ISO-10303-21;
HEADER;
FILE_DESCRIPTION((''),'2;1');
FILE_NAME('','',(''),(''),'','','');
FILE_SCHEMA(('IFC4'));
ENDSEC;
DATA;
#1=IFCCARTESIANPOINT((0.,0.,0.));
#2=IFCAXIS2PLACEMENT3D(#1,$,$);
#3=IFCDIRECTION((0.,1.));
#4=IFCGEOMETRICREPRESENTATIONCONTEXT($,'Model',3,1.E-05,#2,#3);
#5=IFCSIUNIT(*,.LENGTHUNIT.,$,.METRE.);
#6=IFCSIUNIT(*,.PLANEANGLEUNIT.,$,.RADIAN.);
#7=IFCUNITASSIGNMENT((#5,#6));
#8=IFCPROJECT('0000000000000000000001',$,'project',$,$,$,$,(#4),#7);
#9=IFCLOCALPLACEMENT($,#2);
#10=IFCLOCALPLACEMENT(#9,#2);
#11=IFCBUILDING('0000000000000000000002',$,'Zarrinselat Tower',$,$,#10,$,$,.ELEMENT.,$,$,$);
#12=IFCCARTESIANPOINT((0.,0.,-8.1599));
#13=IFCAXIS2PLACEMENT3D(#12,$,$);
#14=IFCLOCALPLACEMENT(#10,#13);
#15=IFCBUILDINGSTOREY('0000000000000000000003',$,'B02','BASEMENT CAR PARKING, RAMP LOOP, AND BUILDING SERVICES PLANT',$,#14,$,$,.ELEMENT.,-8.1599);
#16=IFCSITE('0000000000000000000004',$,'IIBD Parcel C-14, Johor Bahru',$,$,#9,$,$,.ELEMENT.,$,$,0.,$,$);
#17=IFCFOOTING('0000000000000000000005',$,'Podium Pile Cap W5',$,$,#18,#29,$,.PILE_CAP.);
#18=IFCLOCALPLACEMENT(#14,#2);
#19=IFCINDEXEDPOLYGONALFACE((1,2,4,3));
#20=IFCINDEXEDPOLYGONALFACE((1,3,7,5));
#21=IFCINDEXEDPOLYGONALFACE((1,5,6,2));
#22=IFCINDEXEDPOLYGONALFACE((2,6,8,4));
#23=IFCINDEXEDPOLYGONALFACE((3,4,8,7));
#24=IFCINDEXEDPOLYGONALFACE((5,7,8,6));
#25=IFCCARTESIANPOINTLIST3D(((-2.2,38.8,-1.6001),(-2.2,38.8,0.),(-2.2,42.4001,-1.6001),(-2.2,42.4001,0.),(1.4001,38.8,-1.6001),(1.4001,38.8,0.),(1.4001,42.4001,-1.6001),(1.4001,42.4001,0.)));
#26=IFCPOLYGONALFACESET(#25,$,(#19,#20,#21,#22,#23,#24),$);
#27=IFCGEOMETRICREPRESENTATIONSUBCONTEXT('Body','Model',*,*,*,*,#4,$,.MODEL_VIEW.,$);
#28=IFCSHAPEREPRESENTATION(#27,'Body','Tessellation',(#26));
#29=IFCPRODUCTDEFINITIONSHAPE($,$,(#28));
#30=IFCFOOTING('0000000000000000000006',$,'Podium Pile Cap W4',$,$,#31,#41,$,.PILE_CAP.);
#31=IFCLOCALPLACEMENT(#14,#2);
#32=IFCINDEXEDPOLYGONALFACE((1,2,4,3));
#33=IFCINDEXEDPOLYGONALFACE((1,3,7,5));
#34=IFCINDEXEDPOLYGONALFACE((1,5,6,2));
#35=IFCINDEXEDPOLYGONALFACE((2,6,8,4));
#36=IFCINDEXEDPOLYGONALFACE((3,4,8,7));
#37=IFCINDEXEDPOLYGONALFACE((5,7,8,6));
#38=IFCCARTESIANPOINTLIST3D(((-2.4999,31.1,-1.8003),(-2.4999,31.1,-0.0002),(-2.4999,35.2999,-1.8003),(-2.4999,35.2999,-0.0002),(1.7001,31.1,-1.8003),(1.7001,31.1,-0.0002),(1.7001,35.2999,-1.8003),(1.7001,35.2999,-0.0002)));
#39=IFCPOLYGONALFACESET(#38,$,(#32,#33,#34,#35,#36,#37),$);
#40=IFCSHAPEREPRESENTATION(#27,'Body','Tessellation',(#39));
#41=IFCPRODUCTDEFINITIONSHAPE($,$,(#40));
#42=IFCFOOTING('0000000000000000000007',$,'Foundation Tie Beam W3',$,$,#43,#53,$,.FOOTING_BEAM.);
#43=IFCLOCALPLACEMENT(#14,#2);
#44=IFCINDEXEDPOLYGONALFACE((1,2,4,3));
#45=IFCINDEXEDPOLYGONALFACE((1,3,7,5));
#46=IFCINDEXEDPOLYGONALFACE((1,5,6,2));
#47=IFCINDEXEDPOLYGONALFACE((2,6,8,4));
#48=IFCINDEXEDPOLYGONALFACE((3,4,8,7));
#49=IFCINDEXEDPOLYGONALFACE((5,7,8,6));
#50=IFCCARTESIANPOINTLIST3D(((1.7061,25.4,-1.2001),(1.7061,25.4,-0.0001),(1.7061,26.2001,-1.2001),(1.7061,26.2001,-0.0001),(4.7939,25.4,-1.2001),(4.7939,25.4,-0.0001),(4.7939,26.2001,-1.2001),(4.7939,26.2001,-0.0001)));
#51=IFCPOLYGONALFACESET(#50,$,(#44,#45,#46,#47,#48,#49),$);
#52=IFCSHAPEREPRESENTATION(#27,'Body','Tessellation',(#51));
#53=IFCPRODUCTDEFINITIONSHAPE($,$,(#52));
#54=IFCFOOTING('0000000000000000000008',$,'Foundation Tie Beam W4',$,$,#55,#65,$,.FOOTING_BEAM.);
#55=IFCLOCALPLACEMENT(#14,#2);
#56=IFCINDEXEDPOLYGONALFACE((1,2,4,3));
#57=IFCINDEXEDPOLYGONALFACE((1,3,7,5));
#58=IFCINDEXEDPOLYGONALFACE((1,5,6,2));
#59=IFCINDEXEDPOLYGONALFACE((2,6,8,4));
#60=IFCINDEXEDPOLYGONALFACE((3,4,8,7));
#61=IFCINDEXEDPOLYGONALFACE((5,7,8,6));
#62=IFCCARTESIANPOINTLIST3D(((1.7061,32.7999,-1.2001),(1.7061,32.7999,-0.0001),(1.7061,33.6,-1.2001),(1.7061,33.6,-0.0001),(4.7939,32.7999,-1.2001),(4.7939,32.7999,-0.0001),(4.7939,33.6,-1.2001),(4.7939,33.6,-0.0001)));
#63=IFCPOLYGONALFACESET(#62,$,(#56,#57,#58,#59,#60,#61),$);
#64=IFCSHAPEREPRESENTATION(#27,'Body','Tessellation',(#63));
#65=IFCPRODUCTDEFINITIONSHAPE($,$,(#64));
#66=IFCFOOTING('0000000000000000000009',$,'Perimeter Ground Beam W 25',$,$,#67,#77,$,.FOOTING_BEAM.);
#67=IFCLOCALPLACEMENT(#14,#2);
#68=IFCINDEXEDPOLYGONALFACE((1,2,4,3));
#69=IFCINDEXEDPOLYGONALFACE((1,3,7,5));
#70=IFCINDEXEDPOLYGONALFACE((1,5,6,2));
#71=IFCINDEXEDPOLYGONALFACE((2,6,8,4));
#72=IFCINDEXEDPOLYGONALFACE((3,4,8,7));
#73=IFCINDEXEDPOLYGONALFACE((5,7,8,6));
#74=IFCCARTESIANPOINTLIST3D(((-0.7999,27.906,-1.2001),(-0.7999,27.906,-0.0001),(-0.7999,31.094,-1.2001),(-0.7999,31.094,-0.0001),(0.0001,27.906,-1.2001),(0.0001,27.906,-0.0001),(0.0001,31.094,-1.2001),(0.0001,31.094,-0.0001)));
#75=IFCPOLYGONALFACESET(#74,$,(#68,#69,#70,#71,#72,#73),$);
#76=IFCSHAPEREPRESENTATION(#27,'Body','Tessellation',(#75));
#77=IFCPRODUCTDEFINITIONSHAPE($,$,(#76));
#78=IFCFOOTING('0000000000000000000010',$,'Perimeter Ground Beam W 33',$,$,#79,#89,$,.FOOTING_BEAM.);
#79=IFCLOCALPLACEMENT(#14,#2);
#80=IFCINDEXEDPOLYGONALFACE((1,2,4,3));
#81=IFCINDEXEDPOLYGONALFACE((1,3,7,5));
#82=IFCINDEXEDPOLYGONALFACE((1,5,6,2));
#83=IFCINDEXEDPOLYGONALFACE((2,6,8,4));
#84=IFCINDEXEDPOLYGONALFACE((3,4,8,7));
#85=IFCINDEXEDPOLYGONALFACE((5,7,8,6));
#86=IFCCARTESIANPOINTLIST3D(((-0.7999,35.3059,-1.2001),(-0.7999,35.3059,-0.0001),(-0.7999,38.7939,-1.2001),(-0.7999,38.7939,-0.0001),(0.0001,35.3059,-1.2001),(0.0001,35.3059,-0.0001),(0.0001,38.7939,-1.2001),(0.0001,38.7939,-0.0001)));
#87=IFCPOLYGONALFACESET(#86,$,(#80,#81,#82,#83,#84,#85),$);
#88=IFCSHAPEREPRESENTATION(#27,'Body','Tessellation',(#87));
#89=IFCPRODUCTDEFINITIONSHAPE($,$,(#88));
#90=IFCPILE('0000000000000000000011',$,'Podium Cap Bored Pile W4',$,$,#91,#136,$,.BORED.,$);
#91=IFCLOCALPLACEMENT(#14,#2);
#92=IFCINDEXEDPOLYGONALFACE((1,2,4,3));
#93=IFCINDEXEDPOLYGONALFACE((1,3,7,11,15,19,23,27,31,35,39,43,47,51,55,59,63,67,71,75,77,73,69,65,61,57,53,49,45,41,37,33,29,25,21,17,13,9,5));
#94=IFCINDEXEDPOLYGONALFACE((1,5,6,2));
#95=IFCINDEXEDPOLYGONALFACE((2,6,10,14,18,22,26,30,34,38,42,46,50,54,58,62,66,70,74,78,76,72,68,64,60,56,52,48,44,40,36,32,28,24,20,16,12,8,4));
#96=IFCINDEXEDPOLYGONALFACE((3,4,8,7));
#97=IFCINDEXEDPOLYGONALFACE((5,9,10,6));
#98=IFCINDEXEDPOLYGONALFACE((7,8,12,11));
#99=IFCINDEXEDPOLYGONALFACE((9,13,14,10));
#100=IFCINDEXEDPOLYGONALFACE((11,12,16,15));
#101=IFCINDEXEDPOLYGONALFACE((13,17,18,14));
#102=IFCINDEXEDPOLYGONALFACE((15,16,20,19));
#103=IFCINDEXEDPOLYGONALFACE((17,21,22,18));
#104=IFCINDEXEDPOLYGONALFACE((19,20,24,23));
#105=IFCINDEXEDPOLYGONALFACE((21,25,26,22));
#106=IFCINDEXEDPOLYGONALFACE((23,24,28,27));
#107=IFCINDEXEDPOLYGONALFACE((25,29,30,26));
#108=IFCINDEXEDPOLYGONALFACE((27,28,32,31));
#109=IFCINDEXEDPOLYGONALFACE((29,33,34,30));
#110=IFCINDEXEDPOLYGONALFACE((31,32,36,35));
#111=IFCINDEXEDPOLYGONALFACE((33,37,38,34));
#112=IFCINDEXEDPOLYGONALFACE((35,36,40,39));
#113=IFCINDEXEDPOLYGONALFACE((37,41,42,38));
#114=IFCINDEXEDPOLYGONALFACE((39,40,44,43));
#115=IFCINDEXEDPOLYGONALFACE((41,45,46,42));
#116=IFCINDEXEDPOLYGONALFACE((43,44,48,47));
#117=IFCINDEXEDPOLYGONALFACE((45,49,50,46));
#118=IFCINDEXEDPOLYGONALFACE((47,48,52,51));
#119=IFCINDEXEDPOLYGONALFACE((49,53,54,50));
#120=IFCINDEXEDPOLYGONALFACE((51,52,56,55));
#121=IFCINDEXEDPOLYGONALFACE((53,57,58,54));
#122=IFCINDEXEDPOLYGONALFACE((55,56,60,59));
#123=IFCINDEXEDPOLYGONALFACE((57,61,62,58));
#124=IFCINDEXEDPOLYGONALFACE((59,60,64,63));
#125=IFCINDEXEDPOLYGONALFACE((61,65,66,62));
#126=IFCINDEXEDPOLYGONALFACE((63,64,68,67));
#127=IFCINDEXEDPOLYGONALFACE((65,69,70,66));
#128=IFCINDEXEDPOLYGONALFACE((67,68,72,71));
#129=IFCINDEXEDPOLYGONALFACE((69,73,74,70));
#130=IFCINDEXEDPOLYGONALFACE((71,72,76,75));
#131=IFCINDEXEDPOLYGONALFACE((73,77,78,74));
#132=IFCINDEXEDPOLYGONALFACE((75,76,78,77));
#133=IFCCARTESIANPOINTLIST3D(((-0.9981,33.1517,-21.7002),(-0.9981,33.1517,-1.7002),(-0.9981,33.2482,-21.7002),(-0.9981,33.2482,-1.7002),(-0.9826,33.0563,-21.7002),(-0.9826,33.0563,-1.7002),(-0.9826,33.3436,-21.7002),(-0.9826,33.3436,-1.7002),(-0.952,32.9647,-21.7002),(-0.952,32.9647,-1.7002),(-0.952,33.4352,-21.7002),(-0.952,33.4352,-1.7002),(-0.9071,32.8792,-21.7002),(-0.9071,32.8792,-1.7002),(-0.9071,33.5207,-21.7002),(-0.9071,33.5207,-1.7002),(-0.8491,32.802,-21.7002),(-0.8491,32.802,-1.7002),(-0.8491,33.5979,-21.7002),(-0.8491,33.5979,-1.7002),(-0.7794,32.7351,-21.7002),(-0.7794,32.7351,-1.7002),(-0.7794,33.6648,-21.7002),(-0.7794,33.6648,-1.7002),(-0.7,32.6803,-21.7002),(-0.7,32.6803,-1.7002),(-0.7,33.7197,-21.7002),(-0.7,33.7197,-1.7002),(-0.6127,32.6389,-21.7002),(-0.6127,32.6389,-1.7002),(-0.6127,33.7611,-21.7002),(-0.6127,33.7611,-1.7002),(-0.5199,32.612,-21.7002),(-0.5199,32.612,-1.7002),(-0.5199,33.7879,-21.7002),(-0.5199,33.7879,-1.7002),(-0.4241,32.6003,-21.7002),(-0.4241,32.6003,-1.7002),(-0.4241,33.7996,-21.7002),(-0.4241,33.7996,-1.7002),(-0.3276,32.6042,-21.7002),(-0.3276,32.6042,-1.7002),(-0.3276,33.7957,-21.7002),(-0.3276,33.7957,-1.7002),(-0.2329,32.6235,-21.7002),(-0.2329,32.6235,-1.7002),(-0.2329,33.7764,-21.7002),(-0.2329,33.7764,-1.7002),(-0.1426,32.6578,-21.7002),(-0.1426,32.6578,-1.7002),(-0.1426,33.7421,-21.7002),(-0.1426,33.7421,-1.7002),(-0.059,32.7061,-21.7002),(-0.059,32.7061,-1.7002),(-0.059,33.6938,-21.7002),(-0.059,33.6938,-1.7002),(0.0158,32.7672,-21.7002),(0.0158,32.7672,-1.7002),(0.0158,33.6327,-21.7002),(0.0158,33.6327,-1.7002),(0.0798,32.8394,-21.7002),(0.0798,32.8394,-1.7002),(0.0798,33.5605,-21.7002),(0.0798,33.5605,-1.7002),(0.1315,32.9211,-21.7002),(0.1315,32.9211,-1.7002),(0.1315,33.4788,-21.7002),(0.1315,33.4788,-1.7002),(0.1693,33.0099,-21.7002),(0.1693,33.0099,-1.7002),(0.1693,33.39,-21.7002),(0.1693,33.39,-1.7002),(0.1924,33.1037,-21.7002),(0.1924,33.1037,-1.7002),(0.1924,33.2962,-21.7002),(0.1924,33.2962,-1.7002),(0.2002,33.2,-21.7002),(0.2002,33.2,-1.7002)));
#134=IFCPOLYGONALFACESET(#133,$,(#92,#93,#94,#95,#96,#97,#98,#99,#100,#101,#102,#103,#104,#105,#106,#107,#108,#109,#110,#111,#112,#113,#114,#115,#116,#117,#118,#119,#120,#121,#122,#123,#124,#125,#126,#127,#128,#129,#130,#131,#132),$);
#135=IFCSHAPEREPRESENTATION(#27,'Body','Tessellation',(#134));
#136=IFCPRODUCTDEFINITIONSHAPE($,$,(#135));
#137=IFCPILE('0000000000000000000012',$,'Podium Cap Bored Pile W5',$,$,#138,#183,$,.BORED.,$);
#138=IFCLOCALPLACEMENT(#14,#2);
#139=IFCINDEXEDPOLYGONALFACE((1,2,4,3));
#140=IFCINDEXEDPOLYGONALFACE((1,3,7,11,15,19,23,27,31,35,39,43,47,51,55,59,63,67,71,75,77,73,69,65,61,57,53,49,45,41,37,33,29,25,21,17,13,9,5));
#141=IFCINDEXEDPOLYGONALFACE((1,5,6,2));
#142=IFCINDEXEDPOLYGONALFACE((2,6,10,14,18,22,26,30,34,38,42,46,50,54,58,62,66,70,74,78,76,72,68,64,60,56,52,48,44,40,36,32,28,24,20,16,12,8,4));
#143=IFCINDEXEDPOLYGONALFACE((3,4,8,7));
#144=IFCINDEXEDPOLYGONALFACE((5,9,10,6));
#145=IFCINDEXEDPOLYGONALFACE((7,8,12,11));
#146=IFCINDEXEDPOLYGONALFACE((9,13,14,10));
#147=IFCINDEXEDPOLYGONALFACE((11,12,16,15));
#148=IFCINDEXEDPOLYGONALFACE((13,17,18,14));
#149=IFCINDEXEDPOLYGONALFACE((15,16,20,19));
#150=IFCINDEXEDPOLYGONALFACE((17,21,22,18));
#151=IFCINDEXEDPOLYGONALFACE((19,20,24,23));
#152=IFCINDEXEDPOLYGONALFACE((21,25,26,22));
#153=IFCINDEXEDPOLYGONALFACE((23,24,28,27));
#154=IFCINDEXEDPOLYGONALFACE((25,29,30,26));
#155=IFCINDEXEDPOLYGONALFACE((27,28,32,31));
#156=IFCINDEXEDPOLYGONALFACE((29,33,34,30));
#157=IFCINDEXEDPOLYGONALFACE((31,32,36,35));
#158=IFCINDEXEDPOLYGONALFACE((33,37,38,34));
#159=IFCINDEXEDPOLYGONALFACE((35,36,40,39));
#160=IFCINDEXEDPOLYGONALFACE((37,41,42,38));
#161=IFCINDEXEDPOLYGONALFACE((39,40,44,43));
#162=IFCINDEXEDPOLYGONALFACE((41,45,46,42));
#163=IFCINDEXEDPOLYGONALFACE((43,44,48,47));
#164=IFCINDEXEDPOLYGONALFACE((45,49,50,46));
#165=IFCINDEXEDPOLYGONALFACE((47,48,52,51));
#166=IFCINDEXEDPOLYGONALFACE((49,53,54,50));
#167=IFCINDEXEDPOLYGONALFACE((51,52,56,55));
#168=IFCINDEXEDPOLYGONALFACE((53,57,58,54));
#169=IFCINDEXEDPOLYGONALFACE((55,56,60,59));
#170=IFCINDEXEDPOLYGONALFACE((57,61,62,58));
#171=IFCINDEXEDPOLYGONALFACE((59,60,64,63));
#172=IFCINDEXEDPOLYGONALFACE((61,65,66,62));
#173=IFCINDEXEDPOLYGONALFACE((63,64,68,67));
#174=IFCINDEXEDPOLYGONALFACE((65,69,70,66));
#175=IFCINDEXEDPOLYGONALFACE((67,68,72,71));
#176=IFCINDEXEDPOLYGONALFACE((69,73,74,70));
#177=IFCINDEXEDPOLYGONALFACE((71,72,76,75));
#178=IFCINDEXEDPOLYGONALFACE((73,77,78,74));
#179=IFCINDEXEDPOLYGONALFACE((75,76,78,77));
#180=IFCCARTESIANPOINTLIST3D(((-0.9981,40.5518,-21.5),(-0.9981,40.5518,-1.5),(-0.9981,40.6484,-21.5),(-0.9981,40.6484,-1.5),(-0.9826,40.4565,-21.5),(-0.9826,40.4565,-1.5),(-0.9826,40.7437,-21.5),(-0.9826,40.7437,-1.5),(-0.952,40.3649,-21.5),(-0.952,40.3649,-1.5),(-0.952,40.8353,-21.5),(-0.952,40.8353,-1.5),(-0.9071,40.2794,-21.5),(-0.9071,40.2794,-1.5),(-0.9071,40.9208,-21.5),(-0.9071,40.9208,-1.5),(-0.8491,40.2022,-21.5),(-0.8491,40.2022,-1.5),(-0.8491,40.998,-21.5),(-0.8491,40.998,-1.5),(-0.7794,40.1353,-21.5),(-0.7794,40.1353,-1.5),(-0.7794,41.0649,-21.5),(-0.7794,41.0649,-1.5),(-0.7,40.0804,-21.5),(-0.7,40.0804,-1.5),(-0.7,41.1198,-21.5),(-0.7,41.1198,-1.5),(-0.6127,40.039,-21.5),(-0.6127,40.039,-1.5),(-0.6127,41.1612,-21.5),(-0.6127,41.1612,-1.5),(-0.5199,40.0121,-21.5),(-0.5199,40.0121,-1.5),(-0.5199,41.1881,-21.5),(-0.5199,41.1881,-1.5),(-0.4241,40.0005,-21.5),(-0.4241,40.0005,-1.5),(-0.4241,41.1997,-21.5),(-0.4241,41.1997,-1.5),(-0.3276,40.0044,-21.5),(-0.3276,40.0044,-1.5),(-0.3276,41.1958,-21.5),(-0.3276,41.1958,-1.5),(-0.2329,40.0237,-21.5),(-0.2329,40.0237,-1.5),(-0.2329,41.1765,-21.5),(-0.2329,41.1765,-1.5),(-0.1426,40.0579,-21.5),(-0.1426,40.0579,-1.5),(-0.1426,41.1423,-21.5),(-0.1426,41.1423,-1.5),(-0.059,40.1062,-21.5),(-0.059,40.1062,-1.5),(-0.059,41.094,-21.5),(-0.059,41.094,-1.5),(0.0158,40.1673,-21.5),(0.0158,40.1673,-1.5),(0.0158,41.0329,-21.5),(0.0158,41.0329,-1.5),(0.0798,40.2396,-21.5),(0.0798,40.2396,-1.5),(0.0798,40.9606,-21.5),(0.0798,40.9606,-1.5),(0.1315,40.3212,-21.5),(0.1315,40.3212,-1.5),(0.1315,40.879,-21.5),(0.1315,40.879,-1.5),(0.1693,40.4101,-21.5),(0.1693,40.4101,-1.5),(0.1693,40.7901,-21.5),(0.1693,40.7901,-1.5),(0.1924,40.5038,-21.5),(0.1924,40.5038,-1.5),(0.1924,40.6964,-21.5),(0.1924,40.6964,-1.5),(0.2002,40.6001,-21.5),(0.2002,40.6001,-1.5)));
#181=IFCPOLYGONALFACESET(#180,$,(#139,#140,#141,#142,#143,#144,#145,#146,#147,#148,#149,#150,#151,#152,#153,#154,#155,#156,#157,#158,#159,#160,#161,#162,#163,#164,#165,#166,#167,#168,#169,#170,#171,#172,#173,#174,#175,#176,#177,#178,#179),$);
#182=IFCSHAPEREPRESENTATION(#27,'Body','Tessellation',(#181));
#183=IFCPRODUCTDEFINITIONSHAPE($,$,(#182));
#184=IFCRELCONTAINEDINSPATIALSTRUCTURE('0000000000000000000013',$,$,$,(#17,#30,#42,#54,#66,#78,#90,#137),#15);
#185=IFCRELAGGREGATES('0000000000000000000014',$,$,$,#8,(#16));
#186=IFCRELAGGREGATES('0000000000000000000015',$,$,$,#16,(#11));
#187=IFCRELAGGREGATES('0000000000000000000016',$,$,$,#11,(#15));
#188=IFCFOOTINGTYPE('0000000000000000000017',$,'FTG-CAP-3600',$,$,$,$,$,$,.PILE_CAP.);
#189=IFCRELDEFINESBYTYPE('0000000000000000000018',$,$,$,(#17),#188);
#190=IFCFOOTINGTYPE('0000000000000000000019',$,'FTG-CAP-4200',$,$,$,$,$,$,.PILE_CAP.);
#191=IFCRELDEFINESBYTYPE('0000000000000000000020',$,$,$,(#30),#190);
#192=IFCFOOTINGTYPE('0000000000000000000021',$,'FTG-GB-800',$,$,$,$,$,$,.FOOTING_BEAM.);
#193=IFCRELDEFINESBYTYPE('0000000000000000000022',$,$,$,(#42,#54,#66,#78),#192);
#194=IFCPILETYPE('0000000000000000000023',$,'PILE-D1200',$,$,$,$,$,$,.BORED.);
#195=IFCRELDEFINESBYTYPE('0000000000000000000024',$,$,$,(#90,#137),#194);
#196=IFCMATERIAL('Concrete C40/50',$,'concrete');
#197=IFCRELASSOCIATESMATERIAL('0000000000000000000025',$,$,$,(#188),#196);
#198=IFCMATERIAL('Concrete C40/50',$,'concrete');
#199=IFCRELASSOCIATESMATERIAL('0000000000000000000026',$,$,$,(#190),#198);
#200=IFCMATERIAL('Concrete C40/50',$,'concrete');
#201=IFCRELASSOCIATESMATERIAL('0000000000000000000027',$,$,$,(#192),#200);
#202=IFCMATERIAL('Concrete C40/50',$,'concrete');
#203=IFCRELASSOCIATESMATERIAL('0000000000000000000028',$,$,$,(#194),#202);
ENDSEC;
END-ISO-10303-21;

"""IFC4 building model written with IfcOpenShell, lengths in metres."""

from ifc_helpers import new_model, si_unit, direction, frame, origin, origin_2d, place, context, subcontext, project, spatial, rectangle, circle, extrude, material, material_profile, profile_set, type_object, element, save


model = new_model("IFC4")

# Units and contexts
model_context = context("Model", 3, precision=1e-05, world=origin(), true_north=direction((0.0, 1.0)))
body_context = subcontext(model_context, "Body", "Model", "MODEL_VIEW")
ifc_project = project(units=[si_unit("LENGTHUNIT", "METRE"), si_unit("PLANEANGLEUNIT", "RADIAN")], contexts=[model_context])

# Site, building, storey
site_placement = place(None, origin())
site = spatial("IfcSite", under=ifc_project, at=site_placement, Name="IIBD Parcel C-14, Johor Bahru", CompositionType="ELEMENT", RefElevation=0.0)
building_placement = place(site_placement, origin())
building = spatial("IfcBuilding", under=site, at=building_placement, Name="Zarrinselat Tower", CompositionType="ELEMENT")
storey_placement = place(building_placement, frame((0.0, 0.0, -8.1599)))
storey = spatial("IfcBuildingStorey", under=building, at=storey_placement, Name="B02", Description="BASEMENT CAR PARKING, RAMP LOOP, AND BUILDING SERVICES PLANT", CompositionType="ELEMENT", Elevation=-8.1599)

# Footings
ifc_material_1 = material(Name="Concrete C40/50", Category="concrete")
footing_type_1 = type_object("IfcFootingType", Name="FTG-CAP-3600", PredefinedType="PILE_CAP", material=ifc_material_1)
footing_1_placement = place(storey_placement, frame((-0.3999, 40.6001, -1.6001), z_axis=(0.0, 0.0, 1.0), x_axis=(1.0, 0.0, 0.0)))
element("IfcFooting", 1, at=footing_1_placement, inside=storey, type_object=footing_type_1, Name="Podium Pile Cap W5", PredefinedType="PILE_CAP", context=body_context, shape_type="SweptSolid", body=[
    extrude(rectangle(XDim=3.6001, YDim=3.6001, at=origin_2d()), origin(), (0.0, 0.0, 1.0), 1.6001),
])
ifc_material_2 = material(Name="Concrete C40/50", Category="concrete")
footing_type_2 = type_object("IfcFootingType", Name="FTG-CAP-4200", PredefinedType="PILE_CAP", material=ifc_material_2)
footing_2_placement = place(storey_placement, frame((-0.3999, 33.2, -1.8003), z_axis=(0.0, 0.0, 1.0), x_axis=(1.0, 0.0, 0.0)))
element("IfcFooting", 2, at=footing_2_placement, inside=storey, type_object=footing_type_2, Name="Podium Pile Cap W4", PredefinedType="PILE_CAP", context=body_context, shape_type="SweptSolid", body=[
    extrude(rectangle(XDim=4.2, YDim=4.2, at=origin_2d()), origin(), (0.0, 0.0, 1.0), 1.8),
])
ifc_material_3 = material(Name="Concrete C40/50", Category="concrete")
ifc_material_profile_1 = material_profile(ifc_material_3, rectangle(XDim=0.8, YDim=1.2, at=origin_2d()), Name="RC GB 800x1200")
ifc_profile_set_1 = profile_set([ifc_material_profile_1], Name="Concrete C40/50")
footing_type_3 = type_object("IfcFootingType", Name="FTG-GB-800", PredefinedType="FOOTING_BEAM", material=ifc_profile_set_1)
for number, where, z_axis, x_axis, name in (
    (3, (1.7061, 25.8, -0.6001), (1.0, 0.0, 0.0), (0.0, 1.0, 0.0), "Foundation Tie Beam W3"),
    (4, (1.7061, 33.2, -0.6001), (1.0, 0.0, 0.0), (0.0, 1.0, 0.0), "Foundation Tie Beam W4"),
):
    element("IfcFooting", number, at=place(storey_placement, frame(where, z_axis=z_axis, x_axis=x_axis)), inside=storey, type_object=footing_type_3, Name=name, PredefinedType="FOOTING_BEAM", context=body_context, shape_type="SweptSolid", body=[
        extrude(rectangle(XDim=0.8, YDim=1.2, at=origin_2d()), origin(), (0.0, 0.0, 1.0), 3.0879),
    ])
footing_3_placement = place(storey_placement, frame((-0.3999, 27.906, -0.6001), z_axis=(0.0, 1.0, 0.0), x_axis=(-1.0, 0.0, 0.0)))
element("IfcFooting", 5, at=footing_3_placement, inside=storey, type_object=footing_type_3, Name="Perimeter Ground Beam W 25", PredefinedType="FOOTING_BEAM", context=body_context, shape_type="SweptSolid", body=[
    extrude(rectangle(XDim=0.8, YDim=1.2, at=origin_2d()), origin(), (0.0, 0.0, 1.0), 3.188),
])
footing_4_placement = place(storey_placement, frame((-0.3999, 35.3059, -0.6001), z_axis=(0.0, 1.0, 0.0), x_axis=(-1.0, 0.0, 0.0)))
element("IfcFooting", 6, at=footing_4_placement, inside=storey, type_object=footing_type_3, Name="Perimeter Ground Beam W 33", PredefinedType="FOOTING_BEAM", context=body_context, shape_type="SweptSolid", body=[
    extrude(rectangle(XDim=0.8, YDim=1.2, at=origin_2d()), origin(), (0.0, 0.0, 1.0), 3.488),
])

# Piles
ifc_material_4 = material(Name="Concrete C40/50", Category="concrete")
ifc_material_profile_2 = material_profile(ifc_material_4, circle(Radius=0.6001, at=origin_2d()), Name="BORED PILE D1200")
ifc_profile_set_2 = profile_set([ifc_material_profile_2], Name="Concrete C40/50")
pile_type = type_object("IfcPileType", Name="PILE-D1200", PredefinedType="BORED", material=ifc_profile_set_2)
for number, where, z_axis, x_axis, name in (
    (7, (-0.3999, 33.2, -1.7002), (0.0, 0.0, -1.0), (1.0, 0.0, 0.0), "Podium Cap Bored Pile W4"),
    (8, (-0.3999, 40.6001, -1.5), (0.0, 0.0, -1.0), (1.0, 0.0, 0.0), "Podium Cap Bored Pile W5"),
):
    element("IfcPile", number, at=place(storey_placement, frame(where, z_axis=z_axis, x_axis=x_axis)), inside=storey, type_object=pile_type, Name=name, PredefinedType="BORED", context=body_context, shape_type="SweptSolid", body=[
        extrude(circle(Radius=0.6001, at=origin_2d()), origin(), (0.0, 0.0, 1.0), 20.0),
    ])

save(model, "model.ifc")
